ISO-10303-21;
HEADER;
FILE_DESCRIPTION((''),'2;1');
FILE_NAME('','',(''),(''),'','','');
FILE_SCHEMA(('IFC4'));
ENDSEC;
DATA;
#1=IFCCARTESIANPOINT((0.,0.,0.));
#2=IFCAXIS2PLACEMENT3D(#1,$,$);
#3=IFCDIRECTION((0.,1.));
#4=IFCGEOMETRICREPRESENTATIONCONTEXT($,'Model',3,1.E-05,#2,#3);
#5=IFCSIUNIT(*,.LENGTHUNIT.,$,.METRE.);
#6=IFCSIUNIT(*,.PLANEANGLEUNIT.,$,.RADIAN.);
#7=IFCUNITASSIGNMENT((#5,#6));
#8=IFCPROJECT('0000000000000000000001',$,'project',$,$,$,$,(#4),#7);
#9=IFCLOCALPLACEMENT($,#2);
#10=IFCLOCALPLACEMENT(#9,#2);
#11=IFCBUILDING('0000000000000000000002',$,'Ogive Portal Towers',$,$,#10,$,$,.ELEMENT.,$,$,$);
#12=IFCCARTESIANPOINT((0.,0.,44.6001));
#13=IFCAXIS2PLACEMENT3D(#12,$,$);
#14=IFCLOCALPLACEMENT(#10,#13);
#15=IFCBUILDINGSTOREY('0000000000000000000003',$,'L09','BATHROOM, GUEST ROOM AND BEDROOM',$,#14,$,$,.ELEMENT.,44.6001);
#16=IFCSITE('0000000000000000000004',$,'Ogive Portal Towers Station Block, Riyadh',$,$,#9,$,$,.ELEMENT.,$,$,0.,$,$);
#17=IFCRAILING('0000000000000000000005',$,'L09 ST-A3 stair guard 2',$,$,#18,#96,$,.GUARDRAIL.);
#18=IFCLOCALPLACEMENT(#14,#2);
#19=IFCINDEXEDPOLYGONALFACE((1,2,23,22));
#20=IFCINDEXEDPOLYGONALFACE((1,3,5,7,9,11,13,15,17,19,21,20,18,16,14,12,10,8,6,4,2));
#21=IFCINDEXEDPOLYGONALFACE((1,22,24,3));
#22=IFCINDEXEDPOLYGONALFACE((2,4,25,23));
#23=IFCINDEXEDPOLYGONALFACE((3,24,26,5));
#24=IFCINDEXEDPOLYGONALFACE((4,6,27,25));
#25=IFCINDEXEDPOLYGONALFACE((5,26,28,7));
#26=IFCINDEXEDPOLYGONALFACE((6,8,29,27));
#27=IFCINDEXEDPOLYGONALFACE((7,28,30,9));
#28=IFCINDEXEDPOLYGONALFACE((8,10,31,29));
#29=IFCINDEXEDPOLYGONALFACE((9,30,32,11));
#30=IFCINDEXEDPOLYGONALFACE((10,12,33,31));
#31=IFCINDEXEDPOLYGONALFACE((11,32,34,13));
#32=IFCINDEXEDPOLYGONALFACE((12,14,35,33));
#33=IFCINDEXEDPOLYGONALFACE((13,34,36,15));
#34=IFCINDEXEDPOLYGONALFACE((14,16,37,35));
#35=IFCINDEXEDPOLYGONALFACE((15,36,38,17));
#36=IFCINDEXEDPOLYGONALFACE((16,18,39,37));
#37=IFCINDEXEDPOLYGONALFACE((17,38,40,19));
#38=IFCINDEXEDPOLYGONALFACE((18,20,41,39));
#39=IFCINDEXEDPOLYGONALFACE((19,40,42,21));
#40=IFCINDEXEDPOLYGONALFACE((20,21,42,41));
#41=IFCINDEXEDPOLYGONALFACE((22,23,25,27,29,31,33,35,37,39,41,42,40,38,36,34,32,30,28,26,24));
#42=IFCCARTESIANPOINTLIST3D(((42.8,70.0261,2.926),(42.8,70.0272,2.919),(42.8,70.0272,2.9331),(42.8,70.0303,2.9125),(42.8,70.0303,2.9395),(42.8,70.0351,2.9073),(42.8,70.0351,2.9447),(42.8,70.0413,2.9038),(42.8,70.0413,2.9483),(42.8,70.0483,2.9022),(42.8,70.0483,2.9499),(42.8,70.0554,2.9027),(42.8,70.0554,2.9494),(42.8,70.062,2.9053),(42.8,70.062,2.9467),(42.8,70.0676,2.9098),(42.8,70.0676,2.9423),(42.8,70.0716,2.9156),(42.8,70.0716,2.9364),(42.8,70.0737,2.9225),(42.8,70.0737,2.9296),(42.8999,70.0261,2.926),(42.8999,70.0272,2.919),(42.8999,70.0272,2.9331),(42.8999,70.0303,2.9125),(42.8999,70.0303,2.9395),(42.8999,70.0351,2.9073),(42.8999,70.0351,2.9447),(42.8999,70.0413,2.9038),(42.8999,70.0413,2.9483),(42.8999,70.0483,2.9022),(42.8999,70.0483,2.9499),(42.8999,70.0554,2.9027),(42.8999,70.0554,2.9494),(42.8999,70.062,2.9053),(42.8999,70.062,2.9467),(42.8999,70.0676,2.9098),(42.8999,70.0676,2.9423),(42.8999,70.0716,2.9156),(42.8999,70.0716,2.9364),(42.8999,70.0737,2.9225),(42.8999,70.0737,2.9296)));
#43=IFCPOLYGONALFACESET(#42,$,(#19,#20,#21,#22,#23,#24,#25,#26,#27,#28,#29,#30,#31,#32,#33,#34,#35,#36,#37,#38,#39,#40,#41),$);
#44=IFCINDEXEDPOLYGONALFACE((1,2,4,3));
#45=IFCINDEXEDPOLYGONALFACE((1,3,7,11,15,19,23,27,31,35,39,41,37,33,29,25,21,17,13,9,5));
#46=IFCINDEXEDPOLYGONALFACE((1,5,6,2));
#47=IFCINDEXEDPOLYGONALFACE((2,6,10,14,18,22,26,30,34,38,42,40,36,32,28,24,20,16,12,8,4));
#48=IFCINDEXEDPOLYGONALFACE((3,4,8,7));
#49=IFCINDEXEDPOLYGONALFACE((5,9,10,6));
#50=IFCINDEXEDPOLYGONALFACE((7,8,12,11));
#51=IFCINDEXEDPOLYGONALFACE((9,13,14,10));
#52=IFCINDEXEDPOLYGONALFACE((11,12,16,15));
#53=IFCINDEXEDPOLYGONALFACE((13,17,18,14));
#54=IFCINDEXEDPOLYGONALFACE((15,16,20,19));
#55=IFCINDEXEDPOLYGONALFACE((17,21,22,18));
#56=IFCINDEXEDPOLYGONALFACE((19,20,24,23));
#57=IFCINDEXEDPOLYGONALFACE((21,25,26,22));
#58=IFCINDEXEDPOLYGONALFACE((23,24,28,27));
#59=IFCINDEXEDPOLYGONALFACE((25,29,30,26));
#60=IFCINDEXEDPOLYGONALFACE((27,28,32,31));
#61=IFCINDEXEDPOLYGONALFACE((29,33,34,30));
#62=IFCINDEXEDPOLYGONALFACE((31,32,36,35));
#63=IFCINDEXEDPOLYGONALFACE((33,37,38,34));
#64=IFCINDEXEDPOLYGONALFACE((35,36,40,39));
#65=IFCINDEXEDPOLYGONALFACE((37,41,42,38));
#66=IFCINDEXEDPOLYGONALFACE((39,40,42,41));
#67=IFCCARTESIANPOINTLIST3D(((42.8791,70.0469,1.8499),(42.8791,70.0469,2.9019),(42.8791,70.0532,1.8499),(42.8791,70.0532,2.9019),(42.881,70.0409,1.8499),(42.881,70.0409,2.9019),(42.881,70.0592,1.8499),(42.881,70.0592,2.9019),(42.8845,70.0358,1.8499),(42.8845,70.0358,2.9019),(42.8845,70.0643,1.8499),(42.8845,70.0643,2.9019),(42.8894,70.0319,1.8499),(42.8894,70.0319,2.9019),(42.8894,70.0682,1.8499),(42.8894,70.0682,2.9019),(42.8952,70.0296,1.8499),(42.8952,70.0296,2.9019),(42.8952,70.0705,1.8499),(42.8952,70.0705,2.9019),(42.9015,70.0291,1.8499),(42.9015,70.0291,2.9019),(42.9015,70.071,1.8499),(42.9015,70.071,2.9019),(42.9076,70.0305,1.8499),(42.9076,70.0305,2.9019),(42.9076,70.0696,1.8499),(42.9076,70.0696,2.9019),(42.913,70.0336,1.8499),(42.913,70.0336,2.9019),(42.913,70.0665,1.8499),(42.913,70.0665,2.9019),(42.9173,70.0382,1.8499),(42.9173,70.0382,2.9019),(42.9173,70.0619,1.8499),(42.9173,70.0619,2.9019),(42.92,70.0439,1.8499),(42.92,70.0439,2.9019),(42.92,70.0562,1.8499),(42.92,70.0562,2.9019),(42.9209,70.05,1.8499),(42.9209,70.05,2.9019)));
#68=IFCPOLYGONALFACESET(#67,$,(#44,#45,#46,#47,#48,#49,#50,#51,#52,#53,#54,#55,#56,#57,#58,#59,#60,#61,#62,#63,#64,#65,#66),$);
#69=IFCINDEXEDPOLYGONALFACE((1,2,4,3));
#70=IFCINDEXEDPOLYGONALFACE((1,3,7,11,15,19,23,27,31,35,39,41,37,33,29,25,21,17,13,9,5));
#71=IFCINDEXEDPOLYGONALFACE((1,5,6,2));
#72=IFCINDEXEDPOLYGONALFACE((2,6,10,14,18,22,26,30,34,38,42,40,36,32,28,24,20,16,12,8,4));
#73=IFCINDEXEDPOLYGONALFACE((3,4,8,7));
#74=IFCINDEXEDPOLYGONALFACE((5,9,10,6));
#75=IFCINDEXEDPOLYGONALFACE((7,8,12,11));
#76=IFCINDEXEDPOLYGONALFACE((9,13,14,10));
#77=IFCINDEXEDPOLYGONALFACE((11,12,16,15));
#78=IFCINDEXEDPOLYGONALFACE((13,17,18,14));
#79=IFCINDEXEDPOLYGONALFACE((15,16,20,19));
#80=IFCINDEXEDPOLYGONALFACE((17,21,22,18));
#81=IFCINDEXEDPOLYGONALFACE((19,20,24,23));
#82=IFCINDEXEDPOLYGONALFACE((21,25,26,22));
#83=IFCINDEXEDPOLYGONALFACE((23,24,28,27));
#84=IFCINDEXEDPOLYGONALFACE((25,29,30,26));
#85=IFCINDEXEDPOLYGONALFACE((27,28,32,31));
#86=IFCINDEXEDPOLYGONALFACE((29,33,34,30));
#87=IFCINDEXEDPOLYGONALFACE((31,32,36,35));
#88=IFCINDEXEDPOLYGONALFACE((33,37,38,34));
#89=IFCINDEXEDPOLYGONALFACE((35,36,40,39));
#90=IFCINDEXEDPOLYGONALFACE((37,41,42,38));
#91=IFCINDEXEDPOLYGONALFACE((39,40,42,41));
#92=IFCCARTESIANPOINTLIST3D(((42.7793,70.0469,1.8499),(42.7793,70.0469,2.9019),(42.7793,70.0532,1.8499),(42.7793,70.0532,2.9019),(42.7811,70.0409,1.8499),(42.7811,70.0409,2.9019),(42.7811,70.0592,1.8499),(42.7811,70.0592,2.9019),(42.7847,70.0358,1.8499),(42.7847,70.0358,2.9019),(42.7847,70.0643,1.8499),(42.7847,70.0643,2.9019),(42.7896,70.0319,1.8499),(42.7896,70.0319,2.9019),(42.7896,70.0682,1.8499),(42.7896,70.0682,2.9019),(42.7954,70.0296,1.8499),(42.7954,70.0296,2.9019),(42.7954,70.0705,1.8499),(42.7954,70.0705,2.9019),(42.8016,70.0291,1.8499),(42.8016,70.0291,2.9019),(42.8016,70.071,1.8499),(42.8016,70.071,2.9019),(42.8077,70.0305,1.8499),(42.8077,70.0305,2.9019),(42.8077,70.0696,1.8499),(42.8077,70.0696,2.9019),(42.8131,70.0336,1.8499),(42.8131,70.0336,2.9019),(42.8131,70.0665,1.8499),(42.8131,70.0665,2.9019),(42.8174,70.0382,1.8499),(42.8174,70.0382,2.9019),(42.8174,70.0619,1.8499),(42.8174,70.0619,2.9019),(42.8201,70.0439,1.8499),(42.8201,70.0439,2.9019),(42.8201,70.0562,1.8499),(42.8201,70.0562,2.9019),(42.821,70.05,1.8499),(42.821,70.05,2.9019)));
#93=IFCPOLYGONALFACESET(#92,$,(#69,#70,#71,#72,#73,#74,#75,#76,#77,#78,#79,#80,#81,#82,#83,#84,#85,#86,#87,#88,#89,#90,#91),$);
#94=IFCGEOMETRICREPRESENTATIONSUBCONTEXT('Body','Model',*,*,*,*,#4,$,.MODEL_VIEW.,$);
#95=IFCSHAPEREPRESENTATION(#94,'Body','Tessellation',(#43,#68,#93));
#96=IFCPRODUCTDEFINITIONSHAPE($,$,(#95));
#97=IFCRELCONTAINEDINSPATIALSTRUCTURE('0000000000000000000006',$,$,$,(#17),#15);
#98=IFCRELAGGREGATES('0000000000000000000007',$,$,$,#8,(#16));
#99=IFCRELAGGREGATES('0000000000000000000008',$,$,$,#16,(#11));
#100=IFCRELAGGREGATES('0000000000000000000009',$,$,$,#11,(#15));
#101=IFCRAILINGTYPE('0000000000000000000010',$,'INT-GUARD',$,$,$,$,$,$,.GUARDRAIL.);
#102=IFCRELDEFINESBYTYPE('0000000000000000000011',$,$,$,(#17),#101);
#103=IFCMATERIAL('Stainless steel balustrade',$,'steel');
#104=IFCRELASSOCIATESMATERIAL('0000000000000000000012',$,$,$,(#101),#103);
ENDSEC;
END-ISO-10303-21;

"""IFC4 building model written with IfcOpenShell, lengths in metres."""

from ifc_helpers import new_model, si_unit, direction, frame, origin, origin_2d, place, context, subcontext, project, spatial, circle, extrude, material, type_object, element, save


model = new_model("IFC4")

# Units and contexts
model_context = context("Model", 3, precision=1e-05, world=origin(), true_north=direction((0.0, 1.0)))
body_context = subcontext(model_context, "Body", "Model", "MODEL_VIEW")
ifc_project = project(units=[si_unit("LENGTHUNIT", "METRE"), si_unit("PLANEANGLEUNIT", "RADIAN")], contexts=[model_context])

# Site, building, storey
site_placement = place(None, origin())
site = spatial("IfcSite", under=ifc_project, at=site_placement, Name="Ogive Portal Towers Station Block, Riyadh", CompositionType="ELEMENT", RefElevation=0.0)
building_placement = place(site_placement, origin())
building = spatial("IfcBuilding", under=site, at=building_placement, Name="Ogive Portal Towers", CompositionType="ELEMENT")
storey_placement = place(building_placement, frame((0.0, 0.0, 44.6001)))
storey = spatial("IfcBuildingStorey", under=building, at=storey_placement, Name="L09", Description="BATHROOM, GUEST ROOM AND BEDROOM", CompositionType="ELEMENT", Elevation=44.6001)

# Railing
ifc_material_1 = material(Name="Stainless steel balustrade", Category="steel")
railing_type_1 = type_object("IfcRailingType", Name="INT-GUARD", PredefinedType="GUARDRAIL", material=ifc_material_1)
railing_1_placement = place(storey_placement, frame((42.8999, 70.05, 1.8499)))
element("IfcRailing", 1, at=railing_1_placement, inside=storey, type_object=railing_type_1, Name="L09 ST-A3 stair guard 2", PredefinedType="GUARDRAIL", context=body_context, shape_type="SweptSolid", body=[
    extrude(circle(Radius=0.0239, at=origin_2d()), frame((0.0, 0.0, 1.0762), z_axis=(-1.0, 0.0, 0.0), x_axis=(0.0, -1.0, 0.0)), (0.0, 0.0, 1.0), 0.0999),
    extrude(circle(Radius=0.021, at=origin_2d()), origin(), (0.0, 0.0, 1.0), 1.052),
    extrude(circle(Radius=0.021, at=origin_2d()), frame((-0.0999, 0.0, 0.0)), (0.0, 0.0, 1.0), 1.052),
])

save(model, "model.ifc")
